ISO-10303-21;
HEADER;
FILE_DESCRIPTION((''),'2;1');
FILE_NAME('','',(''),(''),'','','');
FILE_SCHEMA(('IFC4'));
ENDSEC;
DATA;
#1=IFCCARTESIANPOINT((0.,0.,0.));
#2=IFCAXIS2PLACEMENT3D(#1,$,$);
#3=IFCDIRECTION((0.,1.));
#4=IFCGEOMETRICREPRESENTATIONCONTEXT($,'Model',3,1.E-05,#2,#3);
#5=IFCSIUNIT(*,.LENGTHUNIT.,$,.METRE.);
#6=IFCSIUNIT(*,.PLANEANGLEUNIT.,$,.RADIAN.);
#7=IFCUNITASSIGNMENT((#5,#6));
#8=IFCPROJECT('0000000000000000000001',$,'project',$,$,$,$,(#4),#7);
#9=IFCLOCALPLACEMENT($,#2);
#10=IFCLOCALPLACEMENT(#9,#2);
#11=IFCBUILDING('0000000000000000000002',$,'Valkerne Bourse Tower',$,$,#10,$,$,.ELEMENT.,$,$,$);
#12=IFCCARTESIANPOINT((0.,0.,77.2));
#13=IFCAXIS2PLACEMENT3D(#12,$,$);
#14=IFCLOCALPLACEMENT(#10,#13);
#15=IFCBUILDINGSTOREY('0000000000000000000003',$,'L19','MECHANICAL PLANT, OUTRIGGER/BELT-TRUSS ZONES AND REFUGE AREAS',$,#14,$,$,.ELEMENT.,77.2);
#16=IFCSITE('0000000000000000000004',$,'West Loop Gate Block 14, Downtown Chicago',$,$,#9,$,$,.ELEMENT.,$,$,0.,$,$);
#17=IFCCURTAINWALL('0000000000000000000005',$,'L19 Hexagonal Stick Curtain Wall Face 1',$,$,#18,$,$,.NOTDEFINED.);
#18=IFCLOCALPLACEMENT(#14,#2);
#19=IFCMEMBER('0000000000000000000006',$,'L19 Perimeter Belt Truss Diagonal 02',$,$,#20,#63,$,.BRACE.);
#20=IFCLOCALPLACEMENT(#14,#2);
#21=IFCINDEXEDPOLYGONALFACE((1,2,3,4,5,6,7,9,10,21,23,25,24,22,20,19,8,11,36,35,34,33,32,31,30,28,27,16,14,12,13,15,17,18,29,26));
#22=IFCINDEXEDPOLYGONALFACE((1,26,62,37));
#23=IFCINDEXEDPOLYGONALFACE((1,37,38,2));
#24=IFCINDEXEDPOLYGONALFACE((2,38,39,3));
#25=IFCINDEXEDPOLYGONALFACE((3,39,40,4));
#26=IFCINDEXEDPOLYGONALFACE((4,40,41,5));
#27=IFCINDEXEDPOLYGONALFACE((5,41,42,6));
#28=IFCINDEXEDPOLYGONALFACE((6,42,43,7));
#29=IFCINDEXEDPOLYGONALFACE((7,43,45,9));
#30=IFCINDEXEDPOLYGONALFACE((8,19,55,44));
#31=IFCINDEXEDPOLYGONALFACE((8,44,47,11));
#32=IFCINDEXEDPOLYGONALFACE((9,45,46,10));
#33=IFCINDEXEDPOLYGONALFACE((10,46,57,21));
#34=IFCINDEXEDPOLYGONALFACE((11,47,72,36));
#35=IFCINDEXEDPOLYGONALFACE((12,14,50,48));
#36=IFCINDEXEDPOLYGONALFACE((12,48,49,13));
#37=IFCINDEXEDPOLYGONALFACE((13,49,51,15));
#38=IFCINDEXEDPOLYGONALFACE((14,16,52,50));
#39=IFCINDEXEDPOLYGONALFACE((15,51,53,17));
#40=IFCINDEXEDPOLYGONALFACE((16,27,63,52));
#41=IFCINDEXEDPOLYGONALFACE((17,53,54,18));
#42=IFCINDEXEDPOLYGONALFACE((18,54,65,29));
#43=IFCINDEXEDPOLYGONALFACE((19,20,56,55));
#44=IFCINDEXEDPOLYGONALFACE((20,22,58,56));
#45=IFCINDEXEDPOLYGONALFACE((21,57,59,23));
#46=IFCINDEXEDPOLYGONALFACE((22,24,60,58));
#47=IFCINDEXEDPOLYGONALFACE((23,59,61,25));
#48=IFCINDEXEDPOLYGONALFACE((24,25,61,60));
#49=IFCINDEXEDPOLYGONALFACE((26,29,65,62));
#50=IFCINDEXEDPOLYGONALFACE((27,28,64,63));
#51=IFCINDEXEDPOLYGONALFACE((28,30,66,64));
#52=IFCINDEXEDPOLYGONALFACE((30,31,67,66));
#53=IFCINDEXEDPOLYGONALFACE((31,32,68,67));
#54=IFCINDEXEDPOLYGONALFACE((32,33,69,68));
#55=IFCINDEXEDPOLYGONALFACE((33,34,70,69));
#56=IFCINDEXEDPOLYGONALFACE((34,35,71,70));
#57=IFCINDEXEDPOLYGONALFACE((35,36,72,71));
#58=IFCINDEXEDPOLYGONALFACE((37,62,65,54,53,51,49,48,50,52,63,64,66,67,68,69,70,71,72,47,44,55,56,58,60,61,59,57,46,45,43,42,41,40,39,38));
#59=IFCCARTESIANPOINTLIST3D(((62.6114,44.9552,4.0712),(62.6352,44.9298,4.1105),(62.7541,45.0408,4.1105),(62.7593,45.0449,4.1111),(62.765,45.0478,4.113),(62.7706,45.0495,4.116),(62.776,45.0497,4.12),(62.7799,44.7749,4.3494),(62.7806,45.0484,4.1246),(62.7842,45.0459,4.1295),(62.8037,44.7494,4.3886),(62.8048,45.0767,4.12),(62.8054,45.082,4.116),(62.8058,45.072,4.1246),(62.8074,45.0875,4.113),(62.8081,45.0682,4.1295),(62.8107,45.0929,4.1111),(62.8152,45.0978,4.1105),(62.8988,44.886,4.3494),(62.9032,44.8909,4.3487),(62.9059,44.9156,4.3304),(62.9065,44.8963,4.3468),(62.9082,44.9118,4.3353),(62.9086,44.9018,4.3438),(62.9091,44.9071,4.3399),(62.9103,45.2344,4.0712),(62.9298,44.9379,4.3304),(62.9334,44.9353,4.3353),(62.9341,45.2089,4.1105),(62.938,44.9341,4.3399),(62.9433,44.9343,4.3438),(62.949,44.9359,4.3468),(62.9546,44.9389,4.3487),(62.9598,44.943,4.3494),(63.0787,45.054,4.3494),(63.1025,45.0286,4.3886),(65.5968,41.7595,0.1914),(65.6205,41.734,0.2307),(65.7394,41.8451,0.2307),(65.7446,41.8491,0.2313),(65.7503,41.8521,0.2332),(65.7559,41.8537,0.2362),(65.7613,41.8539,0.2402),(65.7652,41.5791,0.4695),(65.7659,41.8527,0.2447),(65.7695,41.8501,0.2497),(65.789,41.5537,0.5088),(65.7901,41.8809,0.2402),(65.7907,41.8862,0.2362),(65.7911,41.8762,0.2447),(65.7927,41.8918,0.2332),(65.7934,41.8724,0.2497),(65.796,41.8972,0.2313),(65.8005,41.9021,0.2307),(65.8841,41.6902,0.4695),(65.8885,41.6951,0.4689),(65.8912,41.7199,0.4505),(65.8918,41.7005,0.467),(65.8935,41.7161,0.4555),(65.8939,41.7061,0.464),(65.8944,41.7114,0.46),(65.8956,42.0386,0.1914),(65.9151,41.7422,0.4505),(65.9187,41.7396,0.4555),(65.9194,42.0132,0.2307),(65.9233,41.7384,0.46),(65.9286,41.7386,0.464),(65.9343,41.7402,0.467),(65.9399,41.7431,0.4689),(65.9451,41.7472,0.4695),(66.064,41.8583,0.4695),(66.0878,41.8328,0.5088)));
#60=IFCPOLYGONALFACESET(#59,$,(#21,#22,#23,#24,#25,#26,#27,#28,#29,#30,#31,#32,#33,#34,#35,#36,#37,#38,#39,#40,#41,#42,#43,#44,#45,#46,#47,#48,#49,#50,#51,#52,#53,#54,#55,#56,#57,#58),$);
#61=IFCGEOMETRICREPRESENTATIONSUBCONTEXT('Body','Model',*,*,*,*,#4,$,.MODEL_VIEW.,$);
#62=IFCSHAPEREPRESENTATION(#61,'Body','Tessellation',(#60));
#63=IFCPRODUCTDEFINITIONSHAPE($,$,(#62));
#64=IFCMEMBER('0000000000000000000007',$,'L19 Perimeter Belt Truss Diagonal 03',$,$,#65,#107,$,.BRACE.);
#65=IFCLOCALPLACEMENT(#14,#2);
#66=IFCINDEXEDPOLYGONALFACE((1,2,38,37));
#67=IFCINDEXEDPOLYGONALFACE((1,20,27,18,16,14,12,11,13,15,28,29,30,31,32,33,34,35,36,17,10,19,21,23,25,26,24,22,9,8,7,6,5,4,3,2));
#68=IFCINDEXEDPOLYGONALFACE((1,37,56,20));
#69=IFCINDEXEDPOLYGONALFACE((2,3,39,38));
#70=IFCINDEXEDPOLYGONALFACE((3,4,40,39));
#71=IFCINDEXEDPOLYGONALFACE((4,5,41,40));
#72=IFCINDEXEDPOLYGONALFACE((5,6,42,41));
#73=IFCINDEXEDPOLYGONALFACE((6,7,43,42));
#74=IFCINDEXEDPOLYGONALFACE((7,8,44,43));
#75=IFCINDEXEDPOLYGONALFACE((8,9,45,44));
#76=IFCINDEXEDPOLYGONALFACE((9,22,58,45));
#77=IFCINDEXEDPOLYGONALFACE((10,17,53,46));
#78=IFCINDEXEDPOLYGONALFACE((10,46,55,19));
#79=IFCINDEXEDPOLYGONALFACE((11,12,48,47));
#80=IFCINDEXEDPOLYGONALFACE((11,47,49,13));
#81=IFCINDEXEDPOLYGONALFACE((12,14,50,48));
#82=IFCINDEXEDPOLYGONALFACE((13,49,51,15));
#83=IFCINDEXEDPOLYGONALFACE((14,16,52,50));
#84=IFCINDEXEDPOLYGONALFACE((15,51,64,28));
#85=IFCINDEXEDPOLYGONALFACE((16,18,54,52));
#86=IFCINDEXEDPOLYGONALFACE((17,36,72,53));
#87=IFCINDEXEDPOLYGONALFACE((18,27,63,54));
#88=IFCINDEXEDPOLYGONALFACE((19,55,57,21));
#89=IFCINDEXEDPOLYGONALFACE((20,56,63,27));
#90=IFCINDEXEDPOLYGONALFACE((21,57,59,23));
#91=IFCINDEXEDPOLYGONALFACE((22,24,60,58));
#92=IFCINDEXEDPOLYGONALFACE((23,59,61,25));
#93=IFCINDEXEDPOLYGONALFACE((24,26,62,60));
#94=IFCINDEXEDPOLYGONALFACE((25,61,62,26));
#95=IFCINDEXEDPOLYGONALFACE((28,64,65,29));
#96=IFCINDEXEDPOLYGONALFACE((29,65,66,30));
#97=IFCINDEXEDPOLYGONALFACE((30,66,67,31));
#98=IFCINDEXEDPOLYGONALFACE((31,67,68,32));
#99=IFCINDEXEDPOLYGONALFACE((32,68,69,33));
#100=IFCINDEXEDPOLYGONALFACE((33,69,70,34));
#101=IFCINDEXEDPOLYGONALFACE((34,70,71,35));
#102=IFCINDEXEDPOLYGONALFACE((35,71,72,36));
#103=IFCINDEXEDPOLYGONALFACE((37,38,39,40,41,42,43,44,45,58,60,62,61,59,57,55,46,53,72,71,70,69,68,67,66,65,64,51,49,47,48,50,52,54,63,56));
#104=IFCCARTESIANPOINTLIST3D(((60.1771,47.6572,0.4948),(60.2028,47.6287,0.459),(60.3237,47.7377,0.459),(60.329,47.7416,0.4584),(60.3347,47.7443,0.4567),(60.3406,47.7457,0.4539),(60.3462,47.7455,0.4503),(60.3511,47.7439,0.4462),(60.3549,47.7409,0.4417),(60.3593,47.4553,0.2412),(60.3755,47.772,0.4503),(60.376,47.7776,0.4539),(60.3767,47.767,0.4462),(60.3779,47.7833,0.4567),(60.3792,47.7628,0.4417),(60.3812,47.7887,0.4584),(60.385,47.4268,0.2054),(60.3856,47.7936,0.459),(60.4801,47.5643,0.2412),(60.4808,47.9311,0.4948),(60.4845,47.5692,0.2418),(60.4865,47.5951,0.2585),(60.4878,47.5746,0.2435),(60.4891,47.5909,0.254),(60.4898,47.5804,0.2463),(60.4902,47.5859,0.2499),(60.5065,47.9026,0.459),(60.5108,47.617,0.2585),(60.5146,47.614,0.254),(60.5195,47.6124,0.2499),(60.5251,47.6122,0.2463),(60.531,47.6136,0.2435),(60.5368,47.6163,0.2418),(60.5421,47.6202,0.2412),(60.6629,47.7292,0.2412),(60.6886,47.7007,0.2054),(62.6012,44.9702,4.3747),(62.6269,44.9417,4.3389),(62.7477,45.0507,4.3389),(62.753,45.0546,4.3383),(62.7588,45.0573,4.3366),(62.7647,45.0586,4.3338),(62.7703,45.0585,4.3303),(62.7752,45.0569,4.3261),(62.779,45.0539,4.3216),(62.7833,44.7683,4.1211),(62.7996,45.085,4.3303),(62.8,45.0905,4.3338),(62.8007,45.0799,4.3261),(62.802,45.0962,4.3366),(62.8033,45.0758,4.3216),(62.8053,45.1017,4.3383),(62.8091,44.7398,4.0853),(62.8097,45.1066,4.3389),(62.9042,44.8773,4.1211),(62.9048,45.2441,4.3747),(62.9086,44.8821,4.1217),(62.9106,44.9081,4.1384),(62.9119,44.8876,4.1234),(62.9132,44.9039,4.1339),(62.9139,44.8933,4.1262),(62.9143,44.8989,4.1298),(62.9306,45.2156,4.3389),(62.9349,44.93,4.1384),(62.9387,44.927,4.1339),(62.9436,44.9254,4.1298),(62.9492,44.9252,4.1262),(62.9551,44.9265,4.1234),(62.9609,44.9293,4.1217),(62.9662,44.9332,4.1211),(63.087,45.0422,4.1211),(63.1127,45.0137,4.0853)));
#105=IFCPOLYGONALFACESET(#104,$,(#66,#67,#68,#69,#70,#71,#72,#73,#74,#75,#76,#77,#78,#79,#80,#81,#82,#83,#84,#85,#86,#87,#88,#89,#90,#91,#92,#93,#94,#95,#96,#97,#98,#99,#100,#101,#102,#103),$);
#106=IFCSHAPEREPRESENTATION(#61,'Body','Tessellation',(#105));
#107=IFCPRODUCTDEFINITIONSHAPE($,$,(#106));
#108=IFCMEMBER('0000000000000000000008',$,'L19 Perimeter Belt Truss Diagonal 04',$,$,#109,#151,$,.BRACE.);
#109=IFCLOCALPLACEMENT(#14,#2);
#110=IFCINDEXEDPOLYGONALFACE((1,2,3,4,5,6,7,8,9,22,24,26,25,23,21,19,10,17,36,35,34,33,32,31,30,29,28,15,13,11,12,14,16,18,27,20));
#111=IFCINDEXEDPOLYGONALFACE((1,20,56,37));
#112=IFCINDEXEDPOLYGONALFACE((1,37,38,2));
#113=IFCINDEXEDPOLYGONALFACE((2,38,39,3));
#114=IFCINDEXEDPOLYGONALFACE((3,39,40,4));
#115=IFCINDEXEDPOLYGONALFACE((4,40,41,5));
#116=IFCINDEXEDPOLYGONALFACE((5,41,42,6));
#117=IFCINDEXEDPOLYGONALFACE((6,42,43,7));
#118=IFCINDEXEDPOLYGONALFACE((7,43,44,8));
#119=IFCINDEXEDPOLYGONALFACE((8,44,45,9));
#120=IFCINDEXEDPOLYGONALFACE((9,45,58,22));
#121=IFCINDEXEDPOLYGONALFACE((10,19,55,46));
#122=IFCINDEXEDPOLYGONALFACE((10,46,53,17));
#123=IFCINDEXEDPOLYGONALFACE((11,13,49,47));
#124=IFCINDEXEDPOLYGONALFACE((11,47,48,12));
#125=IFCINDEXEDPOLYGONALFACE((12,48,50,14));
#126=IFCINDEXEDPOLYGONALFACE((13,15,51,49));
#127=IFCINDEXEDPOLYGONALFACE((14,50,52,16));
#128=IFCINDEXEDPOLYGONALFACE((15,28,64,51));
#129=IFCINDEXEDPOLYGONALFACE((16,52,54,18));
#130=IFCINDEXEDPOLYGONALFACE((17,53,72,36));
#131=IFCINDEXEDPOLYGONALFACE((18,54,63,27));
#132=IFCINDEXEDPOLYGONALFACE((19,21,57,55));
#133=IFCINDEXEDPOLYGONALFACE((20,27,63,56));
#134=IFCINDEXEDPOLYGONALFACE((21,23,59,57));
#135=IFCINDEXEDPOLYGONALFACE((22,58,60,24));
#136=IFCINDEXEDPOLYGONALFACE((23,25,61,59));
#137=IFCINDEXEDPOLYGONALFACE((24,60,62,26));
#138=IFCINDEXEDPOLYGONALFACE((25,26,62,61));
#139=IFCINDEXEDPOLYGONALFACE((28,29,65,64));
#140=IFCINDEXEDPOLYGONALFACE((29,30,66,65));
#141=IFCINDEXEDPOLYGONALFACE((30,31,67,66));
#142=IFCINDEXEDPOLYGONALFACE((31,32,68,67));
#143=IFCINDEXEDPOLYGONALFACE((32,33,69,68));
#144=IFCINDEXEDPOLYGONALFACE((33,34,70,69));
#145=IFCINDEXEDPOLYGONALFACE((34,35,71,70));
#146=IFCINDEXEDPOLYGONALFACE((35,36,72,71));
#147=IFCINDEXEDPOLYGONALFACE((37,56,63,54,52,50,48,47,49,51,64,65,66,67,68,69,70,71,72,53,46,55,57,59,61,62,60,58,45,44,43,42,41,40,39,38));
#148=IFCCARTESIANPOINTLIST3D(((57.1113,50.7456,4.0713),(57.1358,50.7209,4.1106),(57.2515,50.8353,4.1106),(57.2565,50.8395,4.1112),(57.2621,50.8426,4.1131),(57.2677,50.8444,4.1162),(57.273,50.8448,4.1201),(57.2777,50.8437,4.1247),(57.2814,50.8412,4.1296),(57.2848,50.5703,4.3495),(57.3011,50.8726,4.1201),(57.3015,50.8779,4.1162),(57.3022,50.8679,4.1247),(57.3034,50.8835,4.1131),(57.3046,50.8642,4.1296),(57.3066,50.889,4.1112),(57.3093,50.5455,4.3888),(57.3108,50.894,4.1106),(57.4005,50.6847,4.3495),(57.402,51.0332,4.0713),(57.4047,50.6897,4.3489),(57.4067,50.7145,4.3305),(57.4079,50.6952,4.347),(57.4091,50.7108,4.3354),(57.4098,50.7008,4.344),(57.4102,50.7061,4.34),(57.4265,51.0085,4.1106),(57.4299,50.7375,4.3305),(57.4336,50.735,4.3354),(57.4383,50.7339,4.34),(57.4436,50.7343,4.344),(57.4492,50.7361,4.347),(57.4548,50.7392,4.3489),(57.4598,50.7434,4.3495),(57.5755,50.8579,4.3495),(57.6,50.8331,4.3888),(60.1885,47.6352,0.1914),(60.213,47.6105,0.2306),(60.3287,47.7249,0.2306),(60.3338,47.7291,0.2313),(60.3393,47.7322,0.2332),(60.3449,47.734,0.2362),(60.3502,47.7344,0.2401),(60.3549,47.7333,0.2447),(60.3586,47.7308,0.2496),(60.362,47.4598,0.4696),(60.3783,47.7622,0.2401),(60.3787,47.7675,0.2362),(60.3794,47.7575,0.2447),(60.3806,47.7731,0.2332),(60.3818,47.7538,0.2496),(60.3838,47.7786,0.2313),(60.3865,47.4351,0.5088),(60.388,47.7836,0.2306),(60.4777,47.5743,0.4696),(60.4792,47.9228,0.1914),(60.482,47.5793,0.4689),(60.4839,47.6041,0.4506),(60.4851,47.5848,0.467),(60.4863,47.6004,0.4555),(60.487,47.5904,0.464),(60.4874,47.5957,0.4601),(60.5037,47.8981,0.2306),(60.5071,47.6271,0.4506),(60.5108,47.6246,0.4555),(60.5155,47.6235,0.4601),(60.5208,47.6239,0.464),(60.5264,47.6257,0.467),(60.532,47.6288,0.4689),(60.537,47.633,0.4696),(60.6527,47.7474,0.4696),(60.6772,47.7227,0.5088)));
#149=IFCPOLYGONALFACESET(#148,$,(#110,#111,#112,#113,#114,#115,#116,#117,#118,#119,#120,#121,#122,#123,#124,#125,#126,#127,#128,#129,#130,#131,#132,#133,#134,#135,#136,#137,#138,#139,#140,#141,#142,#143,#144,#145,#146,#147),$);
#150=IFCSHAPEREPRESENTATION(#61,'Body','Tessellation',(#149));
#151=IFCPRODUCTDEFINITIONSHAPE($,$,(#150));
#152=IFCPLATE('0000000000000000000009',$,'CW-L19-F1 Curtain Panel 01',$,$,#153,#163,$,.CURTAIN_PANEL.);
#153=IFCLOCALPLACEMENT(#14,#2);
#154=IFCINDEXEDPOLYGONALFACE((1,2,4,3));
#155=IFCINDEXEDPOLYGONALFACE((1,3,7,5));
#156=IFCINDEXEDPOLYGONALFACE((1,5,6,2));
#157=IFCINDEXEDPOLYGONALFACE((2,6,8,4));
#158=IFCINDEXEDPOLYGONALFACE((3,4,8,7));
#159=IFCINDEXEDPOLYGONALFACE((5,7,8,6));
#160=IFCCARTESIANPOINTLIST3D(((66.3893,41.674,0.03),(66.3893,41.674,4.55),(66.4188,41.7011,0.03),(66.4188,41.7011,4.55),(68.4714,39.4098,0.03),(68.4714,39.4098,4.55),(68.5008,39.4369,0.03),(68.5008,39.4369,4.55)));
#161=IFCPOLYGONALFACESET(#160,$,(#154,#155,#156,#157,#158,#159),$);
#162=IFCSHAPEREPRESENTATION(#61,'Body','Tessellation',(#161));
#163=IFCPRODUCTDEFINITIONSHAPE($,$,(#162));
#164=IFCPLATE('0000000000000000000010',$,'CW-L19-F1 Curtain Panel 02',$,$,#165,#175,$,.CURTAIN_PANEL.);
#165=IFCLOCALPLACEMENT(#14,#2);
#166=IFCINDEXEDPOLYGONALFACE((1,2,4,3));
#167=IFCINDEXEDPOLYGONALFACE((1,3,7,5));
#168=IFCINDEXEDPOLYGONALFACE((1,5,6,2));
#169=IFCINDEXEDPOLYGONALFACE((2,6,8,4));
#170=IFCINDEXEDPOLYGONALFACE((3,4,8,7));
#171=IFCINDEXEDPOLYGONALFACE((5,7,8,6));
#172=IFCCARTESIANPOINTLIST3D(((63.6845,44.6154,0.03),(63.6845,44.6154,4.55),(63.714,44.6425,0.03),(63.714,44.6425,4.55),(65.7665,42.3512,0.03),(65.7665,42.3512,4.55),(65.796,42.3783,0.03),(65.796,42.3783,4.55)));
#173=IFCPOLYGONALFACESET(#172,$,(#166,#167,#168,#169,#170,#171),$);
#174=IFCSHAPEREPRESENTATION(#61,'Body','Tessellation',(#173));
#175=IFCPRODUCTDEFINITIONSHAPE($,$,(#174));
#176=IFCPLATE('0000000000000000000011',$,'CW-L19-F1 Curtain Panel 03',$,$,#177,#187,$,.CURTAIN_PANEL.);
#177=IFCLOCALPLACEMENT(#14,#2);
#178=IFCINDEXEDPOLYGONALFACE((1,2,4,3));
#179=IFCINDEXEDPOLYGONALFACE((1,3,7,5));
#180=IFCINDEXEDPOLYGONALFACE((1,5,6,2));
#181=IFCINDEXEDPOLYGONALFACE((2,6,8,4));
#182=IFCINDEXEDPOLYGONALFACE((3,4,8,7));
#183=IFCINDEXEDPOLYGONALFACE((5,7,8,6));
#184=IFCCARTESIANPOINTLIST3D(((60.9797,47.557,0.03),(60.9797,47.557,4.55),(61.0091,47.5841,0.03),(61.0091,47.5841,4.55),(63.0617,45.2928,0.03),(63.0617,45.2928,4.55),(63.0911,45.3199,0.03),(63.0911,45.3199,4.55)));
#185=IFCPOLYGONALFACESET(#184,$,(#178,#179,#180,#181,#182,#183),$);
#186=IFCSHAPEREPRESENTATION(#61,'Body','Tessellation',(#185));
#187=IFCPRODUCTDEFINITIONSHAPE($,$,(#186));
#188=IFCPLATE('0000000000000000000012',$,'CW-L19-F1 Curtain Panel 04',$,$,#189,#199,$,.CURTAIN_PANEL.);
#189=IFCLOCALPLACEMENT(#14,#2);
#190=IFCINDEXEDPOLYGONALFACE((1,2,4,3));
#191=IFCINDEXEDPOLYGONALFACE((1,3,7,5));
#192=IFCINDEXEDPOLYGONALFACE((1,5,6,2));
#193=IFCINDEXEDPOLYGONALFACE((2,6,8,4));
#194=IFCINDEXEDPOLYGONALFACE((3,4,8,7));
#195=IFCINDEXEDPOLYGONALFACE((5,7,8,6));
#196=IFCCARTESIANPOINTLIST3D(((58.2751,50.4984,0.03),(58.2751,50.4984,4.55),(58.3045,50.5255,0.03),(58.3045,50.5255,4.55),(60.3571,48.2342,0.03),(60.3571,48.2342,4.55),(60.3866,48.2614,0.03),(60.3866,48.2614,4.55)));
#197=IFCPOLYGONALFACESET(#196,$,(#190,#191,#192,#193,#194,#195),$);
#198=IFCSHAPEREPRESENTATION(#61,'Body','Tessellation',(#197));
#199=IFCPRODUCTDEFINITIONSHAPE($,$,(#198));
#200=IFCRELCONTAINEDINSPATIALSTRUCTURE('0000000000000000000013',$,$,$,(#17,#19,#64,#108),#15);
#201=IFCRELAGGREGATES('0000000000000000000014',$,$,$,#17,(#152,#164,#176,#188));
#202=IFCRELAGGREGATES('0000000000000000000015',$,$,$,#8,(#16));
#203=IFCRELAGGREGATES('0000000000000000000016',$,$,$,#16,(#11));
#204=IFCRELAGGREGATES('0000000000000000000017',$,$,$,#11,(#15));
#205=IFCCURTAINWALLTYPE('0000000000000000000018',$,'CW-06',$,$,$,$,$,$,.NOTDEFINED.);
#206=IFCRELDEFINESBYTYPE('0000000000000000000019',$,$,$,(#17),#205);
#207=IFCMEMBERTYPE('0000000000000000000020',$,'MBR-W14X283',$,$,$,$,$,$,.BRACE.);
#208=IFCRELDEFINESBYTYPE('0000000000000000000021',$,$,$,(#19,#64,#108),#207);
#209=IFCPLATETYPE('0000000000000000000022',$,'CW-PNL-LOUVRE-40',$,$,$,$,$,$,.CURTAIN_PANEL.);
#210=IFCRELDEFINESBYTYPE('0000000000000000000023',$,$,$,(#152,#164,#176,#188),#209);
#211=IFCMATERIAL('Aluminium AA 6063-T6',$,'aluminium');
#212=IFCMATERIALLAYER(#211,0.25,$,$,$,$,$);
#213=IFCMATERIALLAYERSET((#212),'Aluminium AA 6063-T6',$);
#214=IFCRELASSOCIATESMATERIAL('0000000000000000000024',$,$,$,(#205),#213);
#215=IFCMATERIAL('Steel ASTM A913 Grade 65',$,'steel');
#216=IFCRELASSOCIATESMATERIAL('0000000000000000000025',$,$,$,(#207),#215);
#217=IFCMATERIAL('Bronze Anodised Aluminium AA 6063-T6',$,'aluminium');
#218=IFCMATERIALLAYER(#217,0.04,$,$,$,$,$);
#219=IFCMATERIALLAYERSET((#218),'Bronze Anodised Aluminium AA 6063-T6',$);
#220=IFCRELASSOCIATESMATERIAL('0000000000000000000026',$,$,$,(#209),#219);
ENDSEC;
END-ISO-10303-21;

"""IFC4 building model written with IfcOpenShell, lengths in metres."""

from ifc_helpers import new_model, si_unit, direction, frame, origin, origin_2d, place, context, subcontext, project, spatial, rectangle, i_section, extrude, material, layer, layer_set, material_profile, profile_set, type_object, element, aggregate, save


model = new_model("IFC4")

# Units and contexts
model_context = context("Model", 3, precision=1e-05, world=origin(), true_north=direction((0.0, 1.0)))
body_context = subcontext(model_context, "Body", "Model", "MODEL_VIEW")
ifc_project = project(units=[si_unit("LENGTHUNIT", "METRE"), si_unit("PLANEANGLEUNIT", "RADIAN")], contexts=[model_context])

# Site, building, storey
site_placement = place(None, origin())
site = spatial("IfcSite", under=ifc_project, at=site_placement, Name="West Loop Gate Block 14, Downtown Chicago", CompositionType="ELEMENT", RefElevation=0.0)
building_placement = place(site_placement, origin())
building = spatial("IfcBuilding", under=site, at=building_placement, Name="Valkerne Bourse Tower", CompositionType="ELEMENT")
storey_placement = place(building_placement, frame((0.0, 0.0, 77.2)))
storey = spatial("IfcBuildingStorey", under=building, at=storey_placement, Name="L19", Description="MECHANICAL PLANT, OUTRIGGER/BELT-TRUSS ZONES AND REFUGE AREAS", CompositionType="ELEMENT", Elevation=77.2)

# Shared definitions
ifc_material_1 = material(Name="Steel ASTM A913 Grade 65", Category="steel")

# Curtain wall
ifc_material_2 = material(Name="Aluminium AA 6063-T6", Category="aluminium")
ifc_layer_1 = layer(ifc_material_2, 0.25)
ifc_layer_set_1 = layer_set([ifc_layer_1], Name="Aluminium AA 6063-T6")
curtain_wall_type = type_object("IfcCurtainWallType", Name="CW-06", PredefinedType="NOTDEFINED", material=ifc_layer_set_1)
curtain_wall_placement = place(storey_placement, origin())
curtain_wall = element("IfcCurtainWall", 1, at=curtain_wall_placement, inside=storey, type_object=curtain_wall_type, Name="L19 Hexagonal Stick Curtain Wall Face 1", PredefinedType="NOTDEFINED")

# Members
ifc_material_profile_1 = material_profile(ifc_material_1, i_section(OverallWidth=0.4089, OverallDepth=0.4243, WebThickness=0.0327, FlangeThickness=0.0525, FilletRadius=0.0254, at=origin_2d()), Name="W14X283")
ifc_profile_set_1 = profile_set([ifc_material_profile_1], Name="Steel ASTM A913 Grade 65")
member_type_1 = type_object("IfcMemberType", Name="MBR-W14X283", PredefinedType="BRACE", material=ifc_profile_set_1)
member_1_placement = place(storey_placement, frame((65.8423, 41.7961, 0.3501), z_axis=(-0.510641, 0.546639, 0.66365), x_axis=(-0.730758, -0.682636, 0.0)))
element("IfcMember", 2, at=member_1_placement, inside=storey, type_object=member_type_1, Name="L19 Perimeter Belt Truss Diagonal 02", PredefinedType="BRACE", context=body_context, shape_type="SweptSolid", body=[
    extrude(i_section(OverallWidth=0.4089, OverallDepth=0.4243, WebThickness=0.0327, FlangeThickness=0.0525, FilletRadius=0.0254, at=origin_2d()), origin(), (0.0, 0.0, 1.0), 5.8462),
])
member_2_placement = place(storey_placement, frame((60.4329, 47.679, 0.3501), z_axis=(0.456887, -0.506446, 0.731277), x_axis=(0.742502, 0.669844, 0.0)))
element("IfcMember", 3, at=member_2_placement, inside=storey, type_object=member_type_1, Name="L19 Perimeter Belt Truss Diagonal 03", PredefinedType="BRACE", context=body_context, shape_type="SweptSolid", body=[
    extrude(i_section(OverallWidth=0.4089, OverallDepth=0.4243, WebThickness=0.0327, FlangeThickness=0.0525, FilletRadius=0.0254, at=origin_2d()), origin(), (0.0, 0.0, 1.0), 5.3057),
])
member_3_placement = place(storey_placement, frame((60.4329, 47.679, 0.3501), z_axis=(-0.526207, 0.531885, 0.663479), x_axis=(-0.710891, -0.703302, 0.0)))
element("IfcMember", 4, at=member_3_placement, inside=storey, type_object=member_type_1, Name="L19 Perimeter Belt Truss Diagonal 04", PredefinedType="BRACE", context=body_context, shape_type="SweptSolid", body=[
    extrude(i_section(OverallWidth=0.4089, OverallDepth=0.4243, WebThickness=0.0327, FlangeThickness=0.0525, FilletRadius=0.0254, at=origin_2d()), origin(), (0.0, 0.0, 1.0), 5.8479),
])

# Plates
ifc_material_3 = material(Name="Bronze Anodised Aluminium AA 6063-T6", Category="aluminium")
ifc_layer_2 = layer(ifc_material_3, 0.04)
ifc_layer_set_2 = layer_set([ifc_layer_2], Name="Bronze Anodised Aluminium AA 6063-T6")
plate_type_1 = type_object("IfcPlateType", Name="CW-PNL-LOUVRE-40", PredefinedType="CURTAIN_PANEL", material=ifc_layer_set_2)
plate_1_placement = place(storey_placement, frame((67.4451, 40.5554, 0.03), z_axis=(0.0, 0.0, 1.0), x_axis=(-0.676882, 0.736092, 0.0)))
plate_1 = element("IfcPlate", 5, at=plate_1_placement, type_object=plate_type_1, Name="CW-L19-F1 Curtain Panel 01", PredefinedType="CURTAIN_PANEL", context=body_context, shape_type="SweptSolid", body=[
    extrude(rectangle(XDim=3.0759, YDim=0.04, at=origin_2d()), origin(), (0.0, 0.0, 1.0), 4.52),
])
plate_2_placement = place(storey_placement, frame((64.7402, 43.4968, 0.03), z_axis=(0.0, 0.0, 1.0), x_axis=(-0.676882, 0.736092, 0.0)))
plate_2 = element("IfcPlate", 6, at=plate_2_placement, type_object=plate_type_1, Name="CW-L19-F1 Curtain Panel 02", PredefinedType="CURTAIN_PANEL", context=body_context, shape_type="SweptSolid", body=[
    extrude(rectangle(XDim=3.0759, YDim=0.04, at=origin_2d()), origin(), (0.0, 0.0, 1.0), 4.52),
])
plate_3_placement = place(storey_placement, frame((62.0354, 46.4385, 0.03), z_axis=(0.0, 0.0, 1.0), x_axis=(-0.676869, 0.736103, 0.0)))
plate_3 = element("IfcPlate", 7, at=plate_3_placement, type_object=plate_type_1, Name="CW-L19-F1 Curtain Panel 03", PredefinedType="CURTAIN_PANEL", context=body_context, shape_type="SweptSolid", body=[
    extrude(rectangle(XDim=3.0759, YDim=0.04, at=origin_2d()), origin(), (0.0, 0.0, 1.0), 4.52),
])
plate_4_placement = place(storey_placement, frame((59.3308, 49.3799, 0.03), z_axis=(0.0, 0.0, 1.0), x_axis=(-0.676882, 0.736092, 0.0)))
plate_4 = element("IfcPlate", 8, at=plate_4_placement, type_object=plate_type_1, Name="CW-L19-F1 Curtain Panel 04", PredefinedType="CURTAIN_PANEL", context=body_context, shape_type="SweptSolid", body=[
    extrude(rectangle(XDim=3.0759, YDim=0.04, at=origin_2d()), origin(), (0.0, 0.0, 1.0), 4.52),
])
aggregate(curtain_wall, [plate_1, plate_2, plate_3, plate_4])

save(model, "model.ifc")
